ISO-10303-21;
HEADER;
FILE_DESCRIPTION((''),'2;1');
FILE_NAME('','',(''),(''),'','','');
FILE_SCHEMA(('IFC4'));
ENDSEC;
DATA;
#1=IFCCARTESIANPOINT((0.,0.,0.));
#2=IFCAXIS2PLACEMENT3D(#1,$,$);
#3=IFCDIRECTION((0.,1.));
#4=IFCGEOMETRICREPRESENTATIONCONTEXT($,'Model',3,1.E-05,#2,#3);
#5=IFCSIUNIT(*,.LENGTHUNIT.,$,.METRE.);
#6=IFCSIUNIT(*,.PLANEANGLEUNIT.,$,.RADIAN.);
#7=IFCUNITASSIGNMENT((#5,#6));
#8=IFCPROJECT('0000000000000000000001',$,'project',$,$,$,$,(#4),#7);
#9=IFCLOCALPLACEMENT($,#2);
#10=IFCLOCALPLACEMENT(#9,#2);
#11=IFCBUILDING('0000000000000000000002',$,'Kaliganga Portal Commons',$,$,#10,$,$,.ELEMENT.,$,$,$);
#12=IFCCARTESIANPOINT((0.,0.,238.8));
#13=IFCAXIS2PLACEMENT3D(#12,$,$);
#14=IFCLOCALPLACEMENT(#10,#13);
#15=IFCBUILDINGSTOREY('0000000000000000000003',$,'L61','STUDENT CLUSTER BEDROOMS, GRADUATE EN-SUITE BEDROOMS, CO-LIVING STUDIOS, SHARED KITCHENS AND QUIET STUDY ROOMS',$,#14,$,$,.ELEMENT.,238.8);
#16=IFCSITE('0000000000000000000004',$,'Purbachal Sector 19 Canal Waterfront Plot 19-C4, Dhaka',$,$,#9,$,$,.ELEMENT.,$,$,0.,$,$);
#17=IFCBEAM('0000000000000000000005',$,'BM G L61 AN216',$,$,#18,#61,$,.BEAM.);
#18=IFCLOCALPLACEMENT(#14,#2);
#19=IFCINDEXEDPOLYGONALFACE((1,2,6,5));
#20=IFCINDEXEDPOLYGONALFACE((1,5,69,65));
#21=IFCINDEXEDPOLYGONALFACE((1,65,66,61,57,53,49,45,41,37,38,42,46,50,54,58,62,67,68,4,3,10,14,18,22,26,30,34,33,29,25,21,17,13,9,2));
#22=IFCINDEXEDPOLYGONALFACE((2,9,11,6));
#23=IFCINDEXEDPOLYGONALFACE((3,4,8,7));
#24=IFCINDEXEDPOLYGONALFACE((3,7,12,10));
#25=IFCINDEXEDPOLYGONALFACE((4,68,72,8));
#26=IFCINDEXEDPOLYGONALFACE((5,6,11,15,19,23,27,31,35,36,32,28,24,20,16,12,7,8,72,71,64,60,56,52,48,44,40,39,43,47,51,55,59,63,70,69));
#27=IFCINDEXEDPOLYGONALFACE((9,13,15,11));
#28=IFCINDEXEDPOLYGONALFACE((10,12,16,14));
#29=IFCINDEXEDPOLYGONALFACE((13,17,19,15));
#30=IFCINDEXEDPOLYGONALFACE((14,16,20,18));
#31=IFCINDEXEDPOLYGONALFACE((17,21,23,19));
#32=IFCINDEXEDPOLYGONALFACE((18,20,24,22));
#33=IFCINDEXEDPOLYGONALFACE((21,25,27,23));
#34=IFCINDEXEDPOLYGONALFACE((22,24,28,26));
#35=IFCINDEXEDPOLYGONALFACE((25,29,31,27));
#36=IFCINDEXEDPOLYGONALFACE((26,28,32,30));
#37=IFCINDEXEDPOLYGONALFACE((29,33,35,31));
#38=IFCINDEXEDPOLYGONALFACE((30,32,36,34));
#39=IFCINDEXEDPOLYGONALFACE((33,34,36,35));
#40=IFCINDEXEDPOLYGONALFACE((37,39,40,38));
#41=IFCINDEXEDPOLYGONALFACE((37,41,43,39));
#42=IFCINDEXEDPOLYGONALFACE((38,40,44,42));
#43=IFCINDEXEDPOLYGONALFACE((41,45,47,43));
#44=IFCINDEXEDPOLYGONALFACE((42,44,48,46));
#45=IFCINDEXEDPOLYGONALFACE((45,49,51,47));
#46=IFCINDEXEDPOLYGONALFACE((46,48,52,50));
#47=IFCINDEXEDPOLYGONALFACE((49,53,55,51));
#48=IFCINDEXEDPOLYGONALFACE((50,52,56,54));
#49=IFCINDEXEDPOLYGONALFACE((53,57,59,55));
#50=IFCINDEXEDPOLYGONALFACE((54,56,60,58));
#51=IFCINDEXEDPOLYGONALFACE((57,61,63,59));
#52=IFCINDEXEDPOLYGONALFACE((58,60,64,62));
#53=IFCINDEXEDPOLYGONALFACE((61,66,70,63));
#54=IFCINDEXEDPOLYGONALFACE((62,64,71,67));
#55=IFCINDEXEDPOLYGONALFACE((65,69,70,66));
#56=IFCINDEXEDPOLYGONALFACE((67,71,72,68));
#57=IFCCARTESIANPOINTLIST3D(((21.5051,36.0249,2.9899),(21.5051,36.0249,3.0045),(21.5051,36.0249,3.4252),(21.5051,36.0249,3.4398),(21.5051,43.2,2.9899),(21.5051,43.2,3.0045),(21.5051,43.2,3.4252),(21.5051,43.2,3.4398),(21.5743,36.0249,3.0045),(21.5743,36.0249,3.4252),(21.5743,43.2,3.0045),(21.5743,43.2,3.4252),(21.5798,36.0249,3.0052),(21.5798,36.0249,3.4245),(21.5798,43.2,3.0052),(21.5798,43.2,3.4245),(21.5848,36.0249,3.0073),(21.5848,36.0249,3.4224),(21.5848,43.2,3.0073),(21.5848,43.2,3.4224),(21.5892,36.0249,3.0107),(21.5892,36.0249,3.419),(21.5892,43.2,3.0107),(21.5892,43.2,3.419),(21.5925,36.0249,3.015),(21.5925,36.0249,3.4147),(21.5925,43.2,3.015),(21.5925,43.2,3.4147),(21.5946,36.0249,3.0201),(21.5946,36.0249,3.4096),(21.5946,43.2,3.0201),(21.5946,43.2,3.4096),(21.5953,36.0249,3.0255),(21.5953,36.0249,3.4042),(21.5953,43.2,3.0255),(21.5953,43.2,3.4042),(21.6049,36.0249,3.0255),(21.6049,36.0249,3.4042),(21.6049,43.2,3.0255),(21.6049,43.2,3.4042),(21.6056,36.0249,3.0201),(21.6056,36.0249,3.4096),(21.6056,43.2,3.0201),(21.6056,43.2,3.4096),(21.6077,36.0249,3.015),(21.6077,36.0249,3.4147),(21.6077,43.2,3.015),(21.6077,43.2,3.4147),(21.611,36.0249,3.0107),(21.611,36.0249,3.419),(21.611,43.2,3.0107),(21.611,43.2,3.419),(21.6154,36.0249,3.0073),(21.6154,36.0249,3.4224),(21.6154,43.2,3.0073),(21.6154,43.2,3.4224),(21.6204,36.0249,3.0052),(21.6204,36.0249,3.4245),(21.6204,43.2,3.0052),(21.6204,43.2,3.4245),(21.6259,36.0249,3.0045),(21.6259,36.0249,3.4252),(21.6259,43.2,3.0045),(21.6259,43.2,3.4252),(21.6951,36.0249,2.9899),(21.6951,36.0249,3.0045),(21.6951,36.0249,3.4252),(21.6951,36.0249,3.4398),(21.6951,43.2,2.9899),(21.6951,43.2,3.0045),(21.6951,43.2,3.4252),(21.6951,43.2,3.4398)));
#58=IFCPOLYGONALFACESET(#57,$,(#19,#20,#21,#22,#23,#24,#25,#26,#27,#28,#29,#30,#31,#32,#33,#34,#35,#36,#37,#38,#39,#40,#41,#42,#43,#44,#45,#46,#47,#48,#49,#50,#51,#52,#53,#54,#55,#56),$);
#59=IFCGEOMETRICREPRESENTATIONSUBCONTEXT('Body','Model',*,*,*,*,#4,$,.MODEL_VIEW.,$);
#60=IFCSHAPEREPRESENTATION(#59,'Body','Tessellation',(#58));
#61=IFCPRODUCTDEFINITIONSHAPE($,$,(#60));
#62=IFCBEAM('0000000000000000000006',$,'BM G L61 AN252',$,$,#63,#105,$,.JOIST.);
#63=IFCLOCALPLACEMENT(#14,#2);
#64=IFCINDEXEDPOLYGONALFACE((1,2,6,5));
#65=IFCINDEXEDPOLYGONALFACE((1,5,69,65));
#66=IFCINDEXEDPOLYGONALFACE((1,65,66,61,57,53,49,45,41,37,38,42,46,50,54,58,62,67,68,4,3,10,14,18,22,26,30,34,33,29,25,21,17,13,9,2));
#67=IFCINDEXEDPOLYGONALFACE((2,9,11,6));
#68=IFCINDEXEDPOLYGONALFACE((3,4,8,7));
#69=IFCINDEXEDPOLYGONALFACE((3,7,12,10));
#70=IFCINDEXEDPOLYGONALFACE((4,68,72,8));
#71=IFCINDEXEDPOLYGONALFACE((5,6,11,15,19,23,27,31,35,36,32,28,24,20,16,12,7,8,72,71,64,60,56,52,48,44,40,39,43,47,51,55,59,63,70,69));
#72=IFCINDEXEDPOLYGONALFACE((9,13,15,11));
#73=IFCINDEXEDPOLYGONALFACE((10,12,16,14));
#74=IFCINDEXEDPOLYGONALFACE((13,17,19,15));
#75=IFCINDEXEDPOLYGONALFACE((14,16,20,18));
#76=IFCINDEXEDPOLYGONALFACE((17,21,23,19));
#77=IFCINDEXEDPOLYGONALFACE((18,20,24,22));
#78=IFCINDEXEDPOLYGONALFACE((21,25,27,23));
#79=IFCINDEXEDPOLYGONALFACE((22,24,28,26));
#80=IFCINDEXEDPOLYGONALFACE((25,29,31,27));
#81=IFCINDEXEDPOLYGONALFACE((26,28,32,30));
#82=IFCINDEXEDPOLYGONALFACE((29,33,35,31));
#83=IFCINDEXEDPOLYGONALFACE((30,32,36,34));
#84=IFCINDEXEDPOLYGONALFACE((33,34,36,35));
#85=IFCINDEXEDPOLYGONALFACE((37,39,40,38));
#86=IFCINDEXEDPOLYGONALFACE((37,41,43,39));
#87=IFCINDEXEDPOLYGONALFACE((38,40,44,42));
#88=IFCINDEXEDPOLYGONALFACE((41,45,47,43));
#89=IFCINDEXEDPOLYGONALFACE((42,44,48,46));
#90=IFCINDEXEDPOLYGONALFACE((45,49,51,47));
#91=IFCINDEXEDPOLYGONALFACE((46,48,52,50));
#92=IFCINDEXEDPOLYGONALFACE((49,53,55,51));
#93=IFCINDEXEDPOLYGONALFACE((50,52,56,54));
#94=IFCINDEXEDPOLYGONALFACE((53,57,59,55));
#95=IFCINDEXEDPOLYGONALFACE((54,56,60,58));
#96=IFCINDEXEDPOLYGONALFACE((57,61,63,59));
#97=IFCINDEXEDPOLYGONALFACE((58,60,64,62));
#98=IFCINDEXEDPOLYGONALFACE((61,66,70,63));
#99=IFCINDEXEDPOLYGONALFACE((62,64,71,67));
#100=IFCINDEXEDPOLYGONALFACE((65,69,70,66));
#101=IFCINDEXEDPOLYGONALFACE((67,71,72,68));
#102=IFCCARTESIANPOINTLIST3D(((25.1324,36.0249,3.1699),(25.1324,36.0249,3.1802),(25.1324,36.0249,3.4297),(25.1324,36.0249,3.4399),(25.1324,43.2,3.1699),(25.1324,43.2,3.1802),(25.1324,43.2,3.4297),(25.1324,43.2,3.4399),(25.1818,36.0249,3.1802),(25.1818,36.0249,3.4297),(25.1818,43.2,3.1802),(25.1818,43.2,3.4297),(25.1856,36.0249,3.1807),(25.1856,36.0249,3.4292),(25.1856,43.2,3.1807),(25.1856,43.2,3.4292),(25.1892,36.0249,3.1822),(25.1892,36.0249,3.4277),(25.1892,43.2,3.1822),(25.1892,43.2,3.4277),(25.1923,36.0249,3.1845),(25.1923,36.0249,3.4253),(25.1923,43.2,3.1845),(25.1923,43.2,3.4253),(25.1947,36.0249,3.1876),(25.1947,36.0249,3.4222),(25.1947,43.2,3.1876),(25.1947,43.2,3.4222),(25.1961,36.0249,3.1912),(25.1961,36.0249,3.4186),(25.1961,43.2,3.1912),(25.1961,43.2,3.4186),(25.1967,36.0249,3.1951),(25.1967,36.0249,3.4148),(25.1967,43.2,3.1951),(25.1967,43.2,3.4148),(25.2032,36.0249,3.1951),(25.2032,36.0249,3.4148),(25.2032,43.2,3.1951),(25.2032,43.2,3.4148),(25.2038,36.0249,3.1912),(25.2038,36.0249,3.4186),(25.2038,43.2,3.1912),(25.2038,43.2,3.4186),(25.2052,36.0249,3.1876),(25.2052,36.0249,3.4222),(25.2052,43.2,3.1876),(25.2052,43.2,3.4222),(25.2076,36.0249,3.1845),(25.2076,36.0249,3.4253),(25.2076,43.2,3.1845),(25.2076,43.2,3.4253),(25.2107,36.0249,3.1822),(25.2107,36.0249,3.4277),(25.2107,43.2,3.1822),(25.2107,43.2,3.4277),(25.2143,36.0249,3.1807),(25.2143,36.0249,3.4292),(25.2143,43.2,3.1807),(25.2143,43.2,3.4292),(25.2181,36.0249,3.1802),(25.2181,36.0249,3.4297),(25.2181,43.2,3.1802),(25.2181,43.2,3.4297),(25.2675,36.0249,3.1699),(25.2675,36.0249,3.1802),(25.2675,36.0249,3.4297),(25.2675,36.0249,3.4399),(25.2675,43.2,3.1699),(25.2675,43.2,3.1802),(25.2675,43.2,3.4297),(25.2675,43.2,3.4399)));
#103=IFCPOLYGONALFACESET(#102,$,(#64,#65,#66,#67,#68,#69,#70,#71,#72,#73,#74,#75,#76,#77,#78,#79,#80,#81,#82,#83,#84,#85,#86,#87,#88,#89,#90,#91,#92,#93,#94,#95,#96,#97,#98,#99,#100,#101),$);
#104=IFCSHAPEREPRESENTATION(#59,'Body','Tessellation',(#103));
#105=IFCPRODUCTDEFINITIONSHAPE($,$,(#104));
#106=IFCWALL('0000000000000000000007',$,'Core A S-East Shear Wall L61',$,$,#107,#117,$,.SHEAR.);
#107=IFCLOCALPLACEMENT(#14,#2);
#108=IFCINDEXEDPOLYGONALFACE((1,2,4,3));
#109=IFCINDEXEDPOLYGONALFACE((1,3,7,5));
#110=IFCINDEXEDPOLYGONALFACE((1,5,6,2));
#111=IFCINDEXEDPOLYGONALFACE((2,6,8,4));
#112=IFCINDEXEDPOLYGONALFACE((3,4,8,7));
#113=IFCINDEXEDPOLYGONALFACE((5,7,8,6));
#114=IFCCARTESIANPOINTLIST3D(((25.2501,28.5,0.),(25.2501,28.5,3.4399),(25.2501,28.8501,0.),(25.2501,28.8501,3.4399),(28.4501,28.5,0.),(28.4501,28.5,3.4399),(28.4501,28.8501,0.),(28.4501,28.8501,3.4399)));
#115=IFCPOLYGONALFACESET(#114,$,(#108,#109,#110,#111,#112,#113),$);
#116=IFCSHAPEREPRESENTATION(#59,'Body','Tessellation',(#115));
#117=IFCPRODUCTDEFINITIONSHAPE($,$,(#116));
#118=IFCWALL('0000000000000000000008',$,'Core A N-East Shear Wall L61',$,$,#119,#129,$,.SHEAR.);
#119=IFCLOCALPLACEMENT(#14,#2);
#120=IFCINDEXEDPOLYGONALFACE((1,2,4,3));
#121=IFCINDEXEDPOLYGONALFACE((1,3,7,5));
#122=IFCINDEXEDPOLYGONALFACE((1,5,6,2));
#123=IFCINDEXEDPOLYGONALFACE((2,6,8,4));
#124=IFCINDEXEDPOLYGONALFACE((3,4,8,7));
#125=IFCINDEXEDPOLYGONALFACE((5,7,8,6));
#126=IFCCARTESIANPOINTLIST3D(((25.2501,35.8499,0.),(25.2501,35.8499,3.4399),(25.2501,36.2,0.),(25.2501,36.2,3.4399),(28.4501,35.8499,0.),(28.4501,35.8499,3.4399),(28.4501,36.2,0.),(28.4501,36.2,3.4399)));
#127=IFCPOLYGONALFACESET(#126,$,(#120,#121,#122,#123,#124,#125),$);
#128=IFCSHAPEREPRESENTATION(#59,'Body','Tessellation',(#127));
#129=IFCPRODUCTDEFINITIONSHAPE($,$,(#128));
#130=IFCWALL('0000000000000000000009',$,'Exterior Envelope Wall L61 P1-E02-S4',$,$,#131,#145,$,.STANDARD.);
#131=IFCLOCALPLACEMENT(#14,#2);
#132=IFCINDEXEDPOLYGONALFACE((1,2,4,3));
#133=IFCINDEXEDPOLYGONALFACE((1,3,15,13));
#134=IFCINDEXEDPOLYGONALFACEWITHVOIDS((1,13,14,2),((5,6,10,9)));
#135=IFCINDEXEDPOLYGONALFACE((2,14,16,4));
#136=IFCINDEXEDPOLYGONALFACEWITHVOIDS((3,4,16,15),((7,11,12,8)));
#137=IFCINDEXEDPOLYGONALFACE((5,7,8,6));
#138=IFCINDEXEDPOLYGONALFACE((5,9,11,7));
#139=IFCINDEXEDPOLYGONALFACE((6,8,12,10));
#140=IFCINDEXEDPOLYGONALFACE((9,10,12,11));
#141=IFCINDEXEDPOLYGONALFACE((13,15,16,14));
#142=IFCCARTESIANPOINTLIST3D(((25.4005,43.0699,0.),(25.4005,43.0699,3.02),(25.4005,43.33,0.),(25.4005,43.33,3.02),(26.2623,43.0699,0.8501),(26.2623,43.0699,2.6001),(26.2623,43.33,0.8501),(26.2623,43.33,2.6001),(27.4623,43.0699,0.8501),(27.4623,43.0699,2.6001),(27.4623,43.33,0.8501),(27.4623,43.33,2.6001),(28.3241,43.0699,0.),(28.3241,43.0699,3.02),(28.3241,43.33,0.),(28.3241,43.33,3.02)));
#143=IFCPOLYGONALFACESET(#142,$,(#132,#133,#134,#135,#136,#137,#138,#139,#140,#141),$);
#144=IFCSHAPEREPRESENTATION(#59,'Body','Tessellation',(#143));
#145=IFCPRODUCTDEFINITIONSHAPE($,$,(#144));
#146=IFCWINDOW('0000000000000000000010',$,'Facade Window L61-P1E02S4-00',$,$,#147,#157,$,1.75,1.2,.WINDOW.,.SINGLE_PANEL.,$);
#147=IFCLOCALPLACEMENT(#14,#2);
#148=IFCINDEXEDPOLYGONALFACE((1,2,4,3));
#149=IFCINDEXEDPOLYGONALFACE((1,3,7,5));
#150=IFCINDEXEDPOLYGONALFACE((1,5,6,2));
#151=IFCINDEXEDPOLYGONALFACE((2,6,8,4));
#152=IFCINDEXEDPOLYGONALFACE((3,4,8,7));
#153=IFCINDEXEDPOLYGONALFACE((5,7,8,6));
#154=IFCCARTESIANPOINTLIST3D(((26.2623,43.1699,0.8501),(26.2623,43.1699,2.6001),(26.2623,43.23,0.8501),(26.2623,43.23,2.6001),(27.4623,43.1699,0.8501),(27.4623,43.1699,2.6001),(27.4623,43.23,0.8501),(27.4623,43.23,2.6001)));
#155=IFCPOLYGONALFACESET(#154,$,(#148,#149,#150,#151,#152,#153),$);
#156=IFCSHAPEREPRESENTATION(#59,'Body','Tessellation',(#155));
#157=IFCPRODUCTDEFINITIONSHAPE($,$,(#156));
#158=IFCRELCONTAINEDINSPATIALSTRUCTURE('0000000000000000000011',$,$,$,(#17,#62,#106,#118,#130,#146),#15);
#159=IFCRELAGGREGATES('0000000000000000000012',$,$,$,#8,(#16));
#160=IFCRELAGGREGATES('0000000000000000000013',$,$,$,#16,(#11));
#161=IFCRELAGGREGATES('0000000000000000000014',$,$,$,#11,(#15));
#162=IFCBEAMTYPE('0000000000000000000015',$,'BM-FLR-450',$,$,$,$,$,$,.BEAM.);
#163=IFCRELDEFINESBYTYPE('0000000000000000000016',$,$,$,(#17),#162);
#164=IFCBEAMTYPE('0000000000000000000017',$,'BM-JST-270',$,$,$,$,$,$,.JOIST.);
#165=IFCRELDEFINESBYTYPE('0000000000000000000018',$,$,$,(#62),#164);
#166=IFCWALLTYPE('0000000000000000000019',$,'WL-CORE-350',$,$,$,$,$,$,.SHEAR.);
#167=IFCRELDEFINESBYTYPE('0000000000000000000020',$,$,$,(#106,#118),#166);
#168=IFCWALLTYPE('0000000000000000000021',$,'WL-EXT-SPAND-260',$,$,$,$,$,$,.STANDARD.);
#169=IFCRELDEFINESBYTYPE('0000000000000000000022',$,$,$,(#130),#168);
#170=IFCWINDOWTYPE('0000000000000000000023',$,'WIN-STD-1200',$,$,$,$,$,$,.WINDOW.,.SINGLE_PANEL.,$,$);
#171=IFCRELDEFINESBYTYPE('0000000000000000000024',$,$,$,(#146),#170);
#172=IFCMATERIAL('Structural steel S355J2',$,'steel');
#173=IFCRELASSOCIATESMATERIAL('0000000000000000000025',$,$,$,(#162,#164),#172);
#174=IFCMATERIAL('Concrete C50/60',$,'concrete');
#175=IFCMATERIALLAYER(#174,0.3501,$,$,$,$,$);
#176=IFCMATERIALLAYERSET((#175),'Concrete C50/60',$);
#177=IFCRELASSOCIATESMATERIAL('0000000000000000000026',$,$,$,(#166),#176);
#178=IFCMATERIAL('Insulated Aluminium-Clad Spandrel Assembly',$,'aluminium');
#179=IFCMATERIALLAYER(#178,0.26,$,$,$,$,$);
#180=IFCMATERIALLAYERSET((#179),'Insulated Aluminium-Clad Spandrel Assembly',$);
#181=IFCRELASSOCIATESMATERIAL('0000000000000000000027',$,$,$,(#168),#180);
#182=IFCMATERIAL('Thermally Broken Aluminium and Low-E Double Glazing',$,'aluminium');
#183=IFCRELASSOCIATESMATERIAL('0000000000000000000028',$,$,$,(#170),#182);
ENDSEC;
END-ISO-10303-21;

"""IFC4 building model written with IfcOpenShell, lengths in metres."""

from ifc_helpers import new_model, si_unit, direction, frame, frame_2d, origin, origin_2d, place, context, subcontext, project, spatial, rectangle, i_section, extrude, source, transform, mapped, material, layer, layer_set, material_profile, profile_set, type_object, element, fill, save


model = new_model("IFC4")

# Units and contexts
model_context = context("Model", 3, precision=1e-05, world=origin(), true_north=direction((0.0, 1.0)))
body_context = subcontext(model_context, "Body", "Model", "MODEL_VIEW")
ifc_project = project(units=[si_unit("LENGTHUNIT", "METRE"), si_unit("PLANEANGLEUNIT", "RADIAN")], contexts=[model_context])

# Site, building, storey
site_placement = place(None, origin())
site = spatial("IfcSite", under=ifc_project, at=site_placement, Name="Purbachal Sector 19 Canal Waterfront Plot 19-C4, Dhaka", CompositionType="ELEMENT", RefElevation=0.0)
building_placement = place(site_placement, origin())
building = spatial("IfcBuilding", under=site, at=building_placement, Name="Kaliganga Portal Commons", CompositionType="ELEMENT")
storey_placement = place(building_placement, frame((0.0, 0.0, 238.8)))
storey = spatial("IfcBuildingStorey", under=building, at=storey_placement, Name="L61", Description="STUDENT CLUSTER BEDROOMS, GRADUATE EN-SUITE BEDROOMS, CO-LIVING STUDIOS, SHARED KITCHENS AND QUIET STUDY ROOMS", CompositionType="ELEMENT", Elevation=238.8)

# Shared definitions
ifc_material_1 = material(Name="Concrete C50/60", Category="concrete")
ifc_material_2 = material(Name="Structural steel S355J2", Category="steel")

# Beams
ifc_material_profile_1 = material_profile(ifc_material_2, i_section(OverallWidth=0.1899, OverallDepth=0.45, WebThickness=0.0095, FlangeThickness=0.0146, FilletRadius=0.021, at=origin_2d()), Name="IPE 450")
ifc_profile_set_1 = profile_set([ifc_material_profile_1], Name="Structural steel S355J2 wide-flange")
beam_type_1 = type_object("IfcBeamType", Name="BM-FLR-450", PredefinedType="BEAM", material=ifc_profile_set_1)
shared_shape_1 = source(origin(), body_context, "Body", "SweptSolid", [
    extrude(i_section(OverallWidth=0.1899, OverallDepth=0.45, WebThickness=0.0095, FlangeThickness=0.0146, FilletRadius=0.021, at=origin_2d()), origin(), (0.0, 0.0, 1.0), 7.175),
])
beam_1_placement = place(storey_placement, frame((21.6001, 36.0249, 3.2148), z_axis=(0.0, 1.0, 0.0), x_axis=(-1.0, 0.0, 0.0)))
element("IfcBeam", 1, at=beam_1_placement, inside=storey, type_object=beam_type_1, Name="BM G L61 AN216", PredefinedType="BEAM", context=body_context, shape_type="MappedRepresentation", body=[
    mapped(shared_shape_1, transform((0.0, 0.0, 0.0), x_axis=(1.0, 0.0, 0.0), y_axis=(0.0, 1.0, 0.0), z_axis=(0.0, 0.0, 1.0), scale=1.0)),
])
ifc_material_profile_2 = material_profile(ifc_material_2, i_section(OverallWidth=0.135, OverallDepth=0.27, WebThickness=0.0066, FlangeThickness=0.0103, FilletRadius=0.0149, at=origin_2d()), Name="IPE 270")
ifc_profile_set_2 = profile_set([ifc_material_profile_2], Name="Structural steel S355J2 wide-flange")
beam_type_2 = type_object("IfcBeamType", Name="BM-JST-270", PredefinedType="JOIST", material=ifc_profile_set_2)
shared_shape_2 = source(origin(), body_context, "Body", "SweptSolid", [
    extrude(i_section(OverallWidth=0.135, OverallDepth=0.27, WebThickness=0.0066, FlangeThickness=0.0103, FilletRadius=0.0149, at=origin_2d()), origin(), (0.0, 0.0, 1.0), 7.175),
])
beam_2_placement = place(storey_placement, frame((25.2, 36.0249, 3.3049), z_axis=(0.0, 1.0, 0.0), x_axis=(-1.0, 0.0, 0.0)))
element("IfcBeam", 2, at=beam_2_placement, inside=storey, type_object=beam_type_2, Name="BM G L61 AN252", PredefinedType="JOIST", context=body_context, shape_type="MappedRepresentation", body=[
    mapped(shared_shape_2, transform((0.0, 0.0, 0.0), x_axis=(1.0, 0.0, 0.0), y_axis=(0.0, 1.0, 0.0), z_axis=(0.0, 0.0, 1.0), scale=1.0)),
])

# Walls
ifc_layer_1 = layer(ifc_material_1, 0.3501)
ifc_layer_set_1 = layer_set([ifc_layer_1], Name="Concrete C50/60")
wall_type_1 = type_object("IfcWallType", Name="WL-CORE-350", PredefinedType="SHEAR", material=ifc_layer_set_1)
for number, where, z_axis, x_axis, name in (
    (3, (25.25, 28.675, 0.0), (0.0, 0.0, 1.0), (1.0, 0.0, 0.0), "Core A S-East Shear Wall L61"),
    (4, (25.25, 36.0249, 0.0), (0.0, 0.0, 1.0), (1.0, 0.0, 0.0), "Core A N-East Shear Wall L61"),
):
    element("IfcWall", number, at=place(storey_placement, frame(where, z_axis=z_axis, x_axis=x_axis)), inside=storey, type_object=wall_type_1, Name=name, PredefinedType="SHEAR", context=body_context, shape_type="SweptSolid", body=[
        extrude(rectangle(XDim=3.2, YDim=0.3501, at=frame_2d((1.6001, 0.0))), origin(), (0.0, 0.0, 1.0), 3.4399),
    ])

# Wall, opening, window
ifc_material_3 = material(Name="Insulated Aluminium-Clad Spandrel Assembly", Category="aluminium")
ifc_layer_2 = layer(ifc_material_3, 0.26)
ifc_layer_set_2 = layer_set([ifc_layer_2], Name="Insulated Aluminium-Clad Spandrel Assembly")
wall_type_2 = type_object("IfcWallType", Name="WL-EXT-SPAND-260", PredefinedType="STANDARD", material=ifc_layer_set_2)
wall_1_placement = place(storey_placement, frame((25.4004, 43.2, 0.0), z_axis=(0.0, 0.0, 1.0), x_axis=(1.0, 0.0, 0.0)))
wall_1 = element("IfcWall", 5, at=wall_1_placement, inside=storey, type_object=wall_type_2, Name="Exterior Envelope Wall L61 P1-E02-S4", PredefinedType="STANDARD", context=body_context, shape_type="SweptSolid", body=[
    extrude(rectangle(XDim=2.9236, YDim=0.26, at=frame_2d((1.4619, 0.0))), origin(), (0.0, 0.0, 1.0), 3.02),
])
opening_1_placement = place(wall_1_placement, frame((0.8618, 0.0, 0.8501)))
opening_1 = element("IfcOpeningElement", 6, at=opening_1_placement, cuts=wall_1, PredefinedType="OPENING", context=body_context, shape_type="SweptSolid", body=[
    extrude(rectangle(XDim=1.2, YDim=1.75, at=frame_2d((0.6001, 0.875))), frame((0.0, 0.1401, 0.0), z_axis=(0.0, -1.0, 0.0), x_axis=(1.0, 0.0, 0.0)), (0.0, 0.0, 1.0), 0.28),
])
ifc_material_4 = material(Name="Thermally Broken Aluminium and Low-E Double Glazing", Category="aluminium")
window_type = type_object("IfcWindowType", Name="WIN-STD-1200", PartitioningType="SINGLE_PANEL", PredefinedType="WINDOW", material=ifc_material_4)
window_1_placement = place(opening_1_placement, origin())
window_1 = element("IfcWindow", 7, at=window_1_placement, inside=storey, type_object=window_type, Name="Facade Window L61-P1E02S4-00", OverallHeight=1.75, OverallWidth=1.2, PartitioningType="SINGLE_PANEL", PredefinedType="WINDOW", context=body_context, shape_type="SweptSolid", body=[
    extrude(rectangle(XDim=1.2, YDim=1.75, at=frame_2d((0.6001, 0.875))), frame((0.0, 0.03, 0.0), z_axis=(0.0, -1.0, 0.0), x_axis=(1.0, 0.0, 0.0)), (0.0, 0.0, 1.0), 0.0601),
])
fill(opening_1, window_1)

save(model, "model.ifc")
